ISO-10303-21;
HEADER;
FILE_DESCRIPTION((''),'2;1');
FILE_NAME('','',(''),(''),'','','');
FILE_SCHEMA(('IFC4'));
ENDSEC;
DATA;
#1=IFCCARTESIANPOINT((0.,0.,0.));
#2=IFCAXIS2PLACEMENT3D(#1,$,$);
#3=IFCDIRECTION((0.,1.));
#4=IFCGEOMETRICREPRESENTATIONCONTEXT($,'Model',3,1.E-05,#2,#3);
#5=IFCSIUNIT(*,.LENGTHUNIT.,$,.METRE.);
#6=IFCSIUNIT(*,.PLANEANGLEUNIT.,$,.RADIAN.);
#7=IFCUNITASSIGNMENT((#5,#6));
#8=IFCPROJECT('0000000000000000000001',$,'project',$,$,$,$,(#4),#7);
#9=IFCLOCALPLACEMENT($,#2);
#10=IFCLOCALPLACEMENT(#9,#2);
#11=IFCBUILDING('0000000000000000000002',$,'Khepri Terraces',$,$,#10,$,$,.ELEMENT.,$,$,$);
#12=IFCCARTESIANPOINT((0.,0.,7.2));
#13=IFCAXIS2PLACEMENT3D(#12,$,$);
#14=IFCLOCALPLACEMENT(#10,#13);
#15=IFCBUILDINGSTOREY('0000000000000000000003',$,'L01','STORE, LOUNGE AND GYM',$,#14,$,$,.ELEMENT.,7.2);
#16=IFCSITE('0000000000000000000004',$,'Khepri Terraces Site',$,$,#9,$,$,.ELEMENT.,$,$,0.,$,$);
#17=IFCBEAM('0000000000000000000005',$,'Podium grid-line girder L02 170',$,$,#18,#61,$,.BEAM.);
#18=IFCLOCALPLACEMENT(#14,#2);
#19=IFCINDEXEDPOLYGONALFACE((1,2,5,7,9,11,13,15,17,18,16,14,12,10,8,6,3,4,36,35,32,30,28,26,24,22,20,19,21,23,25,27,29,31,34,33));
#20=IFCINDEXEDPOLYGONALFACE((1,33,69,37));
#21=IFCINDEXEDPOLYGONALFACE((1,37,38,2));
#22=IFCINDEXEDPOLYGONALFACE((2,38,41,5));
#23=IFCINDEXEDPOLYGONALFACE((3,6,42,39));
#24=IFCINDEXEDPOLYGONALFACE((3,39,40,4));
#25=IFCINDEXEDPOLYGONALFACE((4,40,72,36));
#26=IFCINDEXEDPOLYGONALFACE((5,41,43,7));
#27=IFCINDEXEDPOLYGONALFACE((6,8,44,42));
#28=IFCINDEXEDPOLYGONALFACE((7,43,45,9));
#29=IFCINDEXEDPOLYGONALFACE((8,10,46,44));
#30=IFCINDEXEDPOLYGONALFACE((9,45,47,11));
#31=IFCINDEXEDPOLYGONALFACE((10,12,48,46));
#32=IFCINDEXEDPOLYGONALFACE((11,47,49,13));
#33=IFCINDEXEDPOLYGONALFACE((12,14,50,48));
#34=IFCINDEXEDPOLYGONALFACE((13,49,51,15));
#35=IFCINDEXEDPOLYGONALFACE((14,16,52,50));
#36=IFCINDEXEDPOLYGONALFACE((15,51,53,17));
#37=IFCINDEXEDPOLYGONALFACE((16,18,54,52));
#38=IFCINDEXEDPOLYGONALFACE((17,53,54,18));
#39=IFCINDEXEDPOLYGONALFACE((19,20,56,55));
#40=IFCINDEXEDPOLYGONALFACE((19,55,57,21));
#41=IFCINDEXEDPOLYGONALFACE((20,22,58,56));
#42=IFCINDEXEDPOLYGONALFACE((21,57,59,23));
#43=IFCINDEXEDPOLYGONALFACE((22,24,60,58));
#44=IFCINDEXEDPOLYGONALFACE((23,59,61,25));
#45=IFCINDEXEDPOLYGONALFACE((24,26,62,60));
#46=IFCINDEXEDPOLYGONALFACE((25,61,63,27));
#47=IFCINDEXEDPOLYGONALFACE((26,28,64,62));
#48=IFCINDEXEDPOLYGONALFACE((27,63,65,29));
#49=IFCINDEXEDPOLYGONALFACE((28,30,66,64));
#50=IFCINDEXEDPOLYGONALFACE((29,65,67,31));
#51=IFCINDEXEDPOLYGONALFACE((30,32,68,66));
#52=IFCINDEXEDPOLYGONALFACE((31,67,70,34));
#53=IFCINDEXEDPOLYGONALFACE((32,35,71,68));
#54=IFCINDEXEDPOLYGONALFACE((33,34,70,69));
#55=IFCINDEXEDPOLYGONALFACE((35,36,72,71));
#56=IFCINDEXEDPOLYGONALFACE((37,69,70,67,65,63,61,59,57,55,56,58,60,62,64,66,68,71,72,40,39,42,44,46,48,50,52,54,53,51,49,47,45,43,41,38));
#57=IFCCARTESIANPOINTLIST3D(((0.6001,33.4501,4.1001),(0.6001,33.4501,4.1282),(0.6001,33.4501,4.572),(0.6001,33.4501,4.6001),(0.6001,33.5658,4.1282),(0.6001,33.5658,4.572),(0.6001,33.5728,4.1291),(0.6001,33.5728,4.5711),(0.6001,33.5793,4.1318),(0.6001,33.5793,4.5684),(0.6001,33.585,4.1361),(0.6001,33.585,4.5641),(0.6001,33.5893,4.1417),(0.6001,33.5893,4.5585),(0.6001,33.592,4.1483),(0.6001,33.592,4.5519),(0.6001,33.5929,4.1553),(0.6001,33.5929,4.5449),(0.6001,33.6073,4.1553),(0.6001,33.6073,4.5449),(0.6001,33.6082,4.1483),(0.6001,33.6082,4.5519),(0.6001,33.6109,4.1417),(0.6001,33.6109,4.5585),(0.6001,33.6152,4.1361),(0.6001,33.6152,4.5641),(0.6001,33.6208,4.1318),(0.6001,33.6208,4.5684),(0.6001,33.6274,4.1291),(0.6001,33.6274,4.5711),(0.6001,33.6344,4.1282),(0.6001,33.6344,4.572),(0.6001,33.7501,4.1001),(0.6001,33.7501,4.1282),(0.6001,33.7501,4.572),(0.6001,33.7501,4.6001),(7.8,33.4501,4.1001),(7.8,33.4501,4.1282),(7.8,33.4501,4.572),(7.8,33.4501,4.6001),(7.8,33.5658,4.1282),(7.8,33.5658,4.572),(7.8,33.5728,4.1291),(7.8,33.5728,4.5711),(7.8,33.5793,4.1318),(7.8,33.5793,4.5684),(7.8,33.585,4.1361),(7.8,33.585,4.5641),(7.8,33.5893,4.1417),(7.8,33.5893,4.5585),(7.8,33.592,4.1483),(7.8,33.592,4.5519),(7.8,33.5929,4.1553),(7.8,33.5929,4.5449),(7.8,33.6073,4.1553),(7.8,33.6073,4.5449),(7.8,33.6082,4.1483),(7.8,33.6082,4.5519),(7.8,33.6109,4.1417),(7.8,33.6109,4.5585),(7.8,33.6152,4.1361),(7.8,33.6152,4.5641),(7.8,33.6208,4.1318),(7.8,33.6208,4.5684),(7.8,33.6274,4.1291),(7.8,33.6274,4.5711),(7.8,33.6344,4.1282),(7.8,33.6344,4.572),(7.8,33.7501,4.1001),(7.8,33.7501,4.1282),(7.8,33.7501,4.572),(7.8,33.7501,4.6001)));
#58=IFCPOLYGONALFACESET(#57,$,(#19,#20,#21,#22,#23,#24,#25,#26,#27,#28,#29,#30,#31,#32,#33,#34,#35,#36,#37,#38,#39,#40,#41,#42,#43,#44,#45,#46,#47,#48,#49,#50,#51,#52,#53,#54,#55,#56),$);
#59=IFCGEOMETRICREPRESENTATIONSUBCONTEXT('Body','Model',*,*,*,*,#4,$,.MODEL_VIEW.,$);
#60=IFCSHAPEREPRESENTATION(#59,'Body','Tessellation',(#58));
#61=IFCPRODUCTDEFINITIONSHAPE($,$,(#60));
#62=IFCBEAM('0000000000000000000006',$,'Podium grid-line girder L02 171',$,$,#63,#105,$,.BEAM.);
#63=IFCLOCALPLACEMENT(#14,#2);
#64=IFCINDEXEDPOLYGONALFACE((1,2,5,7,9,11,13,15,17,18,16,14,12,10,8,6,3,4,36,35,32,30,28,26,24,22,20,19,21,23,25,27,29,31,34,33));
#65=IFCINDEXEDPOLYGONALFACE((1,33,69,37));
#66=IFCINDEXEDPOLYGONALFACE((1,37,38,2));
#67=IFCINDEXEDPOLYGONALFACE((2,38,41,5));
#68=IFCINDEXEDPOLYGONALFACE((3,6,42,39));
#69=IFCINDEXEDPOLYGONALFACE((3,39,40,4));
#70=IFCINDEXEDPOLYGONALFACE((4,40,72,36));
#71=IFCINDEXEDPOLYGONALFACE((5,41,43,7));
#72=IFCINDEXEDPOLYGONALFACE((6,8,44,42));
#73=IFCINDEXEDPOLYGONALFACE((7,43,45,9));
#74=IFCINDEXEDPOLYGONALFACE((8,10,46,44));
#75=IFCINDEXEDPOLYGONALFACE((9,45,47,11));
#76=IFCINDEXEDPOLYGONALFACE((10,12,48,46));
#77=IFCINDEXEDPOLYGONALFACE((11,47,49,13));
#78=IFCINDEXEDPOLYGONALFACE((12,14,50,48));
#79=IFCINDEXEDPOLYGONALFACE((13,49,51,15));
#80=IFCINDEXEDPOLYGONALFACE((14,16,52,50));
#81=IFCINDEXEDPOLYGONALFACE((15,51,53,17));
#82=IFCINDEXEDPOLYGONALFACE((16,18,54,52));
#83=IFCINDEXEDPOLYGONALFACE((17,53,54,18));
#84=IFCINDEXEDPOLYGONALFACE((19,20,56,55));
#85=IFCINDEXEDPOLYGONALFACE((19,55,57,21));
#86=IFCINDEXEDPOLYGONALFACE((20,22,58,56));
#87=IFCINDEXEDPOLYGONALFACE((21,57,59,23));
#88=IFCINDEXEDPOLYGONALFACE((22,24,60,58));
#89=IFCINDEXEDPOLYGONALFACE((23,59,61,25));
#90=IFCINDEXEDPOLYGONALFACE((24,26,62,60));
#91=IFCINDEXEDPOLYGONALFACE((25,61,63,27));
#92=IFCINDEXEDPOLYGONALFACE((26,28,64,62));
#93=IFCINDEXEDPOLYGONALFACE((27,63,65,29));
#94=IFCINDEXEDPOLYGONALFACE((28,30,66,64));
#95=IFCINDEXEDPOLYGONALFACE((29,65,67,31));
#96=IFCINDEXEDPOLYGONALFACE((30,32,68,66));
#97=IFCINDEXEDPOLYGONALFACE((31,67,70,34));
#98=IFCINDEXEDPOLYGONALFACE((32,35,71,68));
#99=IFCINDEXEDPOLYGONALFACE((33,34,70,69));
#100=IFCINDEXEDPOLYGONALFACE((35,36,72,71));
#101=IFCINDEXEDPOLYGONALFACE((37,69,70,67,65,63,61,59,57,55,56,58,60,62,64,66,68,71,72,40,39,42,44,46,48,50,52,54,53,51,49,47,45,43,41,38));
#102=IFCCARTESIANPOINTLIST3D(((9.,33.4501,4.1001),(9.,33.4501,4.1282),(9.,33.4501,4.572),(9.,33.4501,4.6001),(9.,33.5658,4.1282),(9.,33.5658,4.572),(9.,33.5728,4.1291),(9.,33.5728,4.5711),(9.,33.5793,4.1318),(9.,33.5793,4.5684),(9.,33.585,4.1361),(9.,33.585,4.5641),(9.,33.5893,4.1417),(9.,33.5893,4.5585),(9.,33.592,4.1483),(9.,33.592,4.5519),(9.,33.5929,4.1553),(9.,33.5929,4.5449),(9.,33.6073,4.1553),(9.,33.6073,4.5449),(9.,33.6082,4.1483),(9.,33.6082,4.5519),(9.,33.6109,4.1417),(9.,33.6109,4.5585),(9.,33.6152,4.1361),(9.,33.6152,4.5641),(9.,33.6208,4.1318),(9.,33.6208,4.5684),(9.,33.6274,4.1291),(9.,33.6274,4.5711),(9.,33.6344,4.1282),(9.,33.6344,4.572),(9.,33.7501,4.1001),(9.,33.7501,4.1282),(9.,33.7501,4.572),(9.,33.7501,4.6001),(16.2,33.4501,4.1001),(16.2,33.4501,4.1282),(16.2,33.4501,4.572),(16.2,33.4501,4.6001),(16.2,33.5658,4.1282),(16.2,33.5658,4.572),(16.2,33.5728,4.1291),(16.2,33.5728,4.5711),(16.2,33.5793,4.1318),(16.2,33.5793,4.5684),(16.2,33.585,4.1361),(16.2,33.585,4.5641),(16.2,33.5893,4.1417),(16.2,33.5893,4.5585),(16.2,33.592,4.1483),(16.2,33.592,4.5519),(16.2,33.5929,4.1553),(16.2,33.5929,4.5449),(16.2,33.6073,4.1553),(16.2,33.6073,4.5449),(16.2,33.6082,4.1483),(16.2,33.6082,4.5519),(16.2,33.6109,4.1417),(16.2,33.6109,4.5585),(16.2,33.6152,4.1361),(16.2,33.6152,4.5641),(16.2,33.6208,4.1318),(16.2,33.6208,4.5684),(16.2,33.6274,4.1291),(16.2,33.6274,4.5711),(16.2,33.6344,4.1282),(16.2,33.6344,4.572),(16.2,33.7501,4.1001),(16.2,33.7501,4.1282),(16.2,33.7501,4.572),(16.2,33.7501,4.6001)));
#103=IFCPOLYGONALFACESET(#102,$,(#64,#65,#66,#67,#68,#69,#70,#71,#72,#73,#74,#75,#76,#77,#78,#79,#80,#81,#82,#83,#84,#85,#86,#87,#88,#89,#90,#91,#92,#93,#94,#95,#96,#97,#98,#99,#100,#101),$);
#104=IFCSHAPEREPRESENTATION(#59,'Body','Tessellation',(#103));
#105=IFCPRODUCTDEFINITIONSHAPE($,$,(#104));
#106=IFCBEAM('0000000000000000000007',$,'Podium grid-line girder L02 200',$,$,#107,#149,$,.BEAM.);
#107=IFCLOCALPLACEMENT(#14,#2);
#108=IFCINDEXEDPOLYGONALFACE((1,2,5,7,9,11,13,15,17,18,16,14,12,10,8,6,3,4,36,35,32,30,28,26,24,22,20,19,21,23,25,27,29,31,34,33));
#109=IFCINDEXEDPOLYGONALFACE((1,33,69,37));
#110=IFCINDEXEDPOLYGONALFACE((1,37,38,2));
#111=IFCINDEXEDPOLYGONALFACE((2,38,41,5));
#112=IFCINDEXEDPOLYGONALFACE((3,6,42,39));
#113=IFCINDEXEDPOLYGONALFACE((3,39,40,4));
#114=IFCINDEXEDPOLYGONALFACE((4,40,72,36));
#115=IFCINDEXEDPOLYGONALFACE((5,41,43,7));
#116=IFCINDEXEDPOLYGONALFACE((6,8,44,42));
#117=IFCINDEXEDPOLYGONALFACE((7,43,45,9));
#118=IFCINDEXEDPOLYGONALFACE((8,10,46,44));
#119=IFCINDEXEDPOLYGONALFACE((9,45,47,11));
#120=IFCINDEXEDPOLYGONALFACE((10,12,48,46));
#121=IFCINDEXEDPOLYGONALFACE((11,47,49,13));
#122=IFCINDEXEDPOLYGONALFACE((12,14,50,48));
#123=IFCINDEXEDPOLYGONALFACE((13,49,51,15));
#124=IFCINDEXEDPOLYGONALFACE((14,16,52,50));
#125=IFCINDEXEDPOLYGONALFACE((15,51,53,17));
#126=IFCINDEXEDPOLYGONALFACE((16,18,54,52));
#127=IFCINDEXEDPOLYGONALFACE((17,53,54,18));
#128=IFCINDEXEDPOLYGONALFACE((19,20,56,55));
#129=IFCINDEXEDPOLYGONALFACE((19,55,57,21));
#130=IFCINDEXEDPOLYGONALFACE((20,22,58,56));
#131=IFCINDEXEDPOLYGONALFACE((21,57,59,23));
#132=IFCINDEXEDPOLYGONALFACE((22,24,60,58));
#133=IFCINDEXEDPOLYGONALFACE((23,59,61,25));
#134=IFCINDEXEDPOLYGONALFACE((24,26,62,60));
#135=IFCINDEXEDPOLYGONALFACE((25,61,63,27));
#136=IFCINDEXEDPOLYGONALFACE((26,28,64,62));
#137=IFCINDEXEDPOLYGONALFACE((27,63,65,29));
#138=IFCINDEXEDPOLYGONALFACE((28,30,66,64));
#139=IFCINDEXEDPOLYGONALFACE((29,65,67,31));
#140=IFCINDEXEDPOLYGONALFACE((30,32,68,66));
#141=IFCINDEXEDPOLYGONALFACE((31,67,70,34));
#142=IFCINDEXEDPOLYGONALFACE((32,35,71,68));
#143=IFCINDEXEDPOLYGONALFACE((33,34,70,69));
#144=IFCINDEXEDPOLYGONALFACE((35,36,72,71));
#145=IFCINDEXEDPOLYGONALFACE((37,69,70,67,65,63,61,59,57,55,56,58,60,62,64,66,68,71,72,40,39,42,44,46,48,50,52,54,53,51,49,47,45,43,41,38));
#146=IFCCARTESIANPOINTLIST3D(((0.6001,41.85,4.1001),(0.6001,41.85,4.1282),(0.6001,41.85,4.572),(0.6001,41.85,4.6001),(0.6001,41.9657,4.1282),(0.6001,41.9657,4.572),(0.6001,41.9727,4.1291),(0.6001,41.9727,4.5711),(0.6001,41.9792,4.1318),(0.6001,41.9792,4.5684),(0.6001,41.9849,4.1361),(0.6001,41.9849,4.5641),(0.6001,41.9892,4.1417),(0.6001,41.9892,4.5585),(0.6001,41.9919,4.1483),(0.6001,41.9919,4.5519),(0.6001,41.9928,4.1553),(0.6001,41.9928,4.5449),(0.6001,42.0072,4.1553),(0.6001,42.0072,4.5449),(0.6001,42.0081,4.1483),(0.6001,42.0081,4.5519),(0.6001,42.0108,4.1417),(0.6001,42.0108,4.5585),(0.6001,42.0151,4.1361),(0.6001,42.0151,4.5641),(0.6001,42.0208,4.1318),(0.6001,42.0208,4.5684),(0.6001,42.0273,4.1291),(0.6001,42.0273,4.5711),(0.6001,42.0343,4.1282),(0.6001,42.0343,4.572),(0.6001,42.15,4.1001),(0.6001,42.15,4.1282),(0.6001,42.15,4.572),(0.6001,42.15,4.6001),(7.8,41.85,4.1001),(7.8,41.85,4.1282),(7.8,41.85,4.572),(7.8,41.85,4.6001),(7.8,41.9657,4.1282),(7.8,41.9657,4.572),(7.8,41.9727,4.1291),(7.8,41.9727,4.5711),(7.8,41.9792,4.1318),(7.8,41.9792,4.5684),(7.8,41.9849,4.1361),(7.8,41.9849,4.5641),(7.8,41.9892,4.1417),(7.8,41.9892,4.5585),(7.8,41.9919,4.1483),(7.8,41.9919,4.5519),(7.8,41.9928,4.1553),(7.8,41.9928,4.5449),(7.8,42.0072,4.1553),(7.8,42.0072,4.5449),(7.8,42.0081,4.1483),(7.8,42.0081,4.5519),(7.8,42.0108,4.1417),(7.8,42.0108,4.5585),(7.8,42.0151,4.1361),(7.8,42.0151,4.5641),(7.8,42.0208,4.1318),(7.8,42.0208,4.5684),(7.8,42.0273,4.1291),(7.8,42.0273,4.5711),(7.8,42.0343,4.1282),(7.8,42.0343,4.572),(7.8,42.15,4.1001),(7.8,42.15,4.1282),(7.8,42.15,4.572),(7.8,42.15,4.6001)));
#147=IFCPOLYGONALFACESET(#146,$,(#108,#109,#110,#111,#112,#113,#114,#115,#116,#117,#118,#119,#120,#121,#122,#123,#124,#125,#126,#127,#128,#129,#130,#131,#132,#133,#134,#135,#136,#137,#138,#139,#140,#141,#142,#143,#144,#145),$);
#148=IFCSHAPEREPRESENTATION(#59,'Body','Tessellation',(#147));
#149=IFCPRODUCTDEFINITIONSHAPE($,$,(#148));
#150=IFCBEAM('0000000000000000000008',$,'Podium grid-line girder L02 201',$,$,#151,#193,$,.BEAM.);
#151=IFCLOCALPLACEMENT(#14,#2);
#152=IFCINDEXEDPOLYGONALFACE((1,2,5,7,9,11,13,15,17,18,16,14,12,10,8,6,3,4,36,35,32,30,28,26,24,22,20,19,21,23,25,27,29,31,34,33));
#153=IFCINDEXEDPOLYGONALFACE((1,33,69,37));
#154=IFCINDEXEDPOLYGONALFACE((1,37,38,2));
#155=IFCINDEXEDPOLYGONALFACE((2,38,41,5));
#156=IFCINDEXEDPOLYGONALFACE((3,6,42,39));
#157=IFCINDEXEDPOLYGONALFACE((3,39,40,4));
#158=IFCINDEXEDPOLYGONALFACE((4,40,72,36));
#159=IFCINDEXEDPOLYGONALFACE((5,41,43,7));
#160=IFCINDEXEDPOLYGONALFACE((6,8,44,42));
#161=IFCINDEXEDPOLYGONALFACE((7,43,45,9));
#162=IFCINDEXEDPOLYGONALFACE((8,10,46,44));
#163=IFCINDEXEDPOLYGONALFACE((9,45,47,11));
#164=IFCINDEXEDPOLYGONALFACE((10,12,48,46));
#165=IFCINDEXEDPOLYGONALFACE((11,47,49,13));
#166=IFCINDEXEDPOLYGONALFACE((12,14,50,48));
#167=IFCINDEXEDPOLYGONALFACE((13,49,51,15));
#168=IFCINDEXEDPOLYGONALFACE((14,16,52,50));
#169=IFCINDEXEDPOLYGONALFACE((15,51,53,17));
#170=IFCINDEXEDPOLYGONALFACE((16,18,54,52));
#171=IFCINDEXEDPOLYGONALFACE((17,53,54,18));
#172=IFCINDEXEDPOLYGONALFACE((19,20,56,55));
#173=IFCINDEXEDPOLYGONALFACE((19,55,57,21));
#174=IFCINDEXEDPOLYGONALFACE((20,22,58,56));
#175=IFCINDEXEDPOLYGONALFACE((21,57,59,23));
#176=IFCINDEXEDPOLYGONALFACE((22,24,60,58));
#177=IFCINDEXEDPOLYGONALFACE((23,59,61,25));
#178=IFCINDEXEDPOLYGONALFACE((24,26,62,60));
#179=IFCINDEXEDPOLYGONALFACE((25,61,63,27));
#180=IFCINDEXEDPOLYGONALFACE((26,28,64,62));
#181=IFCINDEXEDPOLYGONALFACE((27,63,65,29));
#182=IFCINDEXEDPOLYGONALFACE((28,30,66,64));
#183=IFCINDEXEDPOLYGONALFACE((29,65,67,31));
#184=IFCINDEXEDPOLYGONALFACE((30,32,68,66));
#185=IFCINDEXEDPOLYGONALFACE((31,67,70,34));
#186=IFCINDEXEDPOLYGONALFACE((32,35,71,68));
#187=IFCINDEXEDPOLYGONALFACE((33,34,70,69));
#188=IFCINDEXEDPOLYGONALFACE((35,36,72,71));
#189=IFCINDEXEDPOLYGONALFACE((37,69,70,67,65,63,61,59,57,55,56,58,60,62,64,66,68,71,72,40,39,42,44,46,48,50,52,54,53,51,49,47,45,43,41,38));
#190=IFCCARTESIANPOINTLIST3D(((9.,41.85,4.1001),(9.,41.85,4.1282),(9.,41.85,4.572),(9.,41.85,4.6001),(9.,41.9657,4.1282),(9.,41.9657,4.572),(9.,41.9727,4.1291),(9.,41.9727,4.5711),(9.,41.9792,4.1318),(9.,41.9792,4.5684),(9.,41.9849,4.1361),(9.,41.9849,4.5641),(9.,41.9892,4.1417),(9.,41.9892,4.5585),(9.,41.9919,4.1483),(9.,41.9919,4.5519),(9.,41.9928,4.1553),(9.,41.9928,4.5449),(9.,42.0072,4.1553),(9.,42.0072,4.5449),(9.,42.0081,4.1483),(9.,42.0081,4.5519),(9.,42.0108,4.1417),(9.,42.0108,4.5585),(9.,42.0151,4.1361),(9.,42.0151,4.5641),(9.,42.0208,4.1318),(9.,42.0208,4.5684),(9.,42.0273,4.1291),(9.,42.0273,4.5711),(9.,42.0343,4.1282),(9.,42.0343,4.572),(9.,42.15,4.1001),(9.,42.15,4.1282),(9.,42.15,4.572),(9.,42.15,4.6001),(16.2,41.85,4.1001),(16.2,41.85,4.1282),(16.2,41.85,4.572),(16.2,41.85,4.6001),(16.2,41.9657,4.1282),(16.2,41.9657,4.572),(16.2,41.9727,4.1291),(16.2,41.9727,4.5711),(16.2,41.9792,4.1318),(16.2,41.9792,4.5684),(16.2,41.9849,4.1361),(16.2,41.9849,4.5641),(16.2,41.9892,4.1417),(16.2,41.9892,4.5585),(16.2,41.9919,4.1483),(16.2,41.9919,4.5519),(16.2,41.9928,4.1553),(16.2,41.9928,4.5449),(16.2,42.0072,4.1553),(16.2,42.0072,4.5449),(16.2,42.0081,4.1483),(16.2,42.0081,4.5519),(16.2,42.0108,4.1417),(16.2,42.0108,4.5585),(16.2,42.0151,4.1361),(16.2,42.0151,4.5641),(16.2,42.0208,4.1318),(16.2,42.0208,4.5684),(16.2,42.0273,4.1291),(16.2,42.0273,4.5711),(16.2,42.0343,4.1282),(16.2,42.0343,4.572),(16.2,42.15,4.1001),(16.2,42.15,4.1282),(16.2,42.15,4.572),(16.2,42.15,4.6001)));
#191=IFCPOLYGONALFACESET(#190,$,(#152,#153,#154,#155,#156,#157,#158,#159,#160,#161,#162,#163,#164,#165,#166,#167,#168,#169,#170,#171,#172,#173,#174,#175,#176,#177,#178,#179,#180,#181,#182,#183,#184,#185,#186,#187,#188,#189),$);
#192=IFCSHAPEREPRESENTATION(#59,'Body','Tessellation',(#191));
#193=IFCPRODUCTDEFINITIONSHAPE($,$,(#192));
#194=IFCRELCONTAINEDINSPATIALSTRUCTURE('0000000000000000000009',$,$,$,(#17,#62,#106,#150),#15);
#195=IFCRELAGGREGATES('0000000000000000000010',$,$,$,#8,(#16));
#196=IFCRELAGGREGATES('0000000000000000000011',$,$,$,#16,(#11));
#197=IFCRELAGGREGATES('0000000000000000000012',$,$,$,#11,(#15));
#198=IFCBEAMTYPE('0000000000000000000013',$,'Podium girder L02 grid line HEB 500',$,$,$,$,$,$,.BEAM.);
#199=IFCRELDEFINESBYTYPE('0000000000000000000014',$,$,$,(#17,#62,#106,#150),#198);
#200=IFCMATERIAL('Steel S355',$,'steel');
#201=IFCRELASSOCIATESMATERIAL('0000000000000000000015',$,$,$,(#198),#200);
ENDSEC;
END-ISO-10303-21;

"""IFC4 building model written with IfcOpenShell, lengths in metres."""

from ifc_helpers import new_model, si_unit, direction, frame, origin, origin_2d, place, context, subcontext, project, spatial, i_section, extrude, material, material_profile, profile_set, type_object, element, save


model = new_model("IFC4")

# Units and contexts
model_context = context("Model", 3, precision=1e-05, world=origin(), true_north=direction((0.0, 1.0)))
body_context = subcontext(model_context, "Body", "Model", "MODEL_VIEW")
ifc_project = project(units=[si_unit("LENGTHUNIT", "METRE"), si_unit("PLANEANGLEUNIT", "RADIAN")], contexts=[model_context])

# Site, building, storey
site_placement = place(None, origin())
site = spatial("IfcSite", under=ifc_project, at=site_placement, Name="Khepri Terraces Site", CompositionType="ELEMENT", RefElevation=0.0)
building_placement = place(site_placement, origin())
building = spatial("IfcBuilding", under=site, at=building_placement, Name="Khepri Terraces", CompositionType="ELEMENT")
storey_placement = place(building_placement, frame((0.0, 0.0, 7.2)))
storey = spatial("IfcBuildingStorey", under=building, at=storey_placement, Name="L01", Description="STORE, LOUNGE AND GYM", CompositionType="ELEMENT", Elevation=7.2)

# Beams
ifc_material_1 = material(Name="Steel S355", Category="steel")
ifc_material_profile_1 = material_profile(ifc_material_1, i_section(OverallWidth=0.3, OverallDepth=0.5, WebThickness=0.0144, FlangeThickness=0.0281, FilletRadius=0.0271, at=origin_2d()), Name="Steel S355", Category="steel")
ifc_profile_set_1 = profile_set([ifc_material_profile_1], Name="Steel S355")
beam_type_1 = type_object("IfcBeamType", Name="Podium girder L02 grid line HEB 500", PredefinedType="BEAM", material=ifc_profile_set_1)
for number, where, z_axis, x_axis, name in (
    (1, (0.6001, 33.6001, 4.3501), (1.0, 0.0, 0.0), (0.0, 1.0, 0.0), "Podium grid-line girder L02 170"),
    (2, (9.0, 33.6001, 4.3501), (1.0, 0.0, 0.0), (0.0, 1.0, 0.0), "Podium grid-line girder L02 171"),
    (3, (0.6001, 42.0, 4.3501), (1.0, 0.0, 0.0), (0.0, 1.0, 0.0), "Podium grid-line girder L02 200"),
    (4, (9.0, 42.0, 4.3501), (1.0, 0.0, 0.0), (0.0, 1.0, 0.0), "Podium grid-line girder L02 201"),
):
    element("IfcBeam", number, at=place(storey_placement, frame(where, z_axis=z_axis, x_axis=x_axis)), inside=storey, type_object=beam_type_1, Name=name, PredefinedType="BEAM", context=body_context, shape_type="SweptSolid", body=[
        extrude(i_section(OverallWidth=0.3, OverallDepth=0.5, WebThickness=0.0144, FlangeThickness=0.0281, FilletRadius=0.0271, at=origin_2d()), origin(), (0.0, 0.0, 1.0), 7.2),
    ])

save(model, "model.ifc")
